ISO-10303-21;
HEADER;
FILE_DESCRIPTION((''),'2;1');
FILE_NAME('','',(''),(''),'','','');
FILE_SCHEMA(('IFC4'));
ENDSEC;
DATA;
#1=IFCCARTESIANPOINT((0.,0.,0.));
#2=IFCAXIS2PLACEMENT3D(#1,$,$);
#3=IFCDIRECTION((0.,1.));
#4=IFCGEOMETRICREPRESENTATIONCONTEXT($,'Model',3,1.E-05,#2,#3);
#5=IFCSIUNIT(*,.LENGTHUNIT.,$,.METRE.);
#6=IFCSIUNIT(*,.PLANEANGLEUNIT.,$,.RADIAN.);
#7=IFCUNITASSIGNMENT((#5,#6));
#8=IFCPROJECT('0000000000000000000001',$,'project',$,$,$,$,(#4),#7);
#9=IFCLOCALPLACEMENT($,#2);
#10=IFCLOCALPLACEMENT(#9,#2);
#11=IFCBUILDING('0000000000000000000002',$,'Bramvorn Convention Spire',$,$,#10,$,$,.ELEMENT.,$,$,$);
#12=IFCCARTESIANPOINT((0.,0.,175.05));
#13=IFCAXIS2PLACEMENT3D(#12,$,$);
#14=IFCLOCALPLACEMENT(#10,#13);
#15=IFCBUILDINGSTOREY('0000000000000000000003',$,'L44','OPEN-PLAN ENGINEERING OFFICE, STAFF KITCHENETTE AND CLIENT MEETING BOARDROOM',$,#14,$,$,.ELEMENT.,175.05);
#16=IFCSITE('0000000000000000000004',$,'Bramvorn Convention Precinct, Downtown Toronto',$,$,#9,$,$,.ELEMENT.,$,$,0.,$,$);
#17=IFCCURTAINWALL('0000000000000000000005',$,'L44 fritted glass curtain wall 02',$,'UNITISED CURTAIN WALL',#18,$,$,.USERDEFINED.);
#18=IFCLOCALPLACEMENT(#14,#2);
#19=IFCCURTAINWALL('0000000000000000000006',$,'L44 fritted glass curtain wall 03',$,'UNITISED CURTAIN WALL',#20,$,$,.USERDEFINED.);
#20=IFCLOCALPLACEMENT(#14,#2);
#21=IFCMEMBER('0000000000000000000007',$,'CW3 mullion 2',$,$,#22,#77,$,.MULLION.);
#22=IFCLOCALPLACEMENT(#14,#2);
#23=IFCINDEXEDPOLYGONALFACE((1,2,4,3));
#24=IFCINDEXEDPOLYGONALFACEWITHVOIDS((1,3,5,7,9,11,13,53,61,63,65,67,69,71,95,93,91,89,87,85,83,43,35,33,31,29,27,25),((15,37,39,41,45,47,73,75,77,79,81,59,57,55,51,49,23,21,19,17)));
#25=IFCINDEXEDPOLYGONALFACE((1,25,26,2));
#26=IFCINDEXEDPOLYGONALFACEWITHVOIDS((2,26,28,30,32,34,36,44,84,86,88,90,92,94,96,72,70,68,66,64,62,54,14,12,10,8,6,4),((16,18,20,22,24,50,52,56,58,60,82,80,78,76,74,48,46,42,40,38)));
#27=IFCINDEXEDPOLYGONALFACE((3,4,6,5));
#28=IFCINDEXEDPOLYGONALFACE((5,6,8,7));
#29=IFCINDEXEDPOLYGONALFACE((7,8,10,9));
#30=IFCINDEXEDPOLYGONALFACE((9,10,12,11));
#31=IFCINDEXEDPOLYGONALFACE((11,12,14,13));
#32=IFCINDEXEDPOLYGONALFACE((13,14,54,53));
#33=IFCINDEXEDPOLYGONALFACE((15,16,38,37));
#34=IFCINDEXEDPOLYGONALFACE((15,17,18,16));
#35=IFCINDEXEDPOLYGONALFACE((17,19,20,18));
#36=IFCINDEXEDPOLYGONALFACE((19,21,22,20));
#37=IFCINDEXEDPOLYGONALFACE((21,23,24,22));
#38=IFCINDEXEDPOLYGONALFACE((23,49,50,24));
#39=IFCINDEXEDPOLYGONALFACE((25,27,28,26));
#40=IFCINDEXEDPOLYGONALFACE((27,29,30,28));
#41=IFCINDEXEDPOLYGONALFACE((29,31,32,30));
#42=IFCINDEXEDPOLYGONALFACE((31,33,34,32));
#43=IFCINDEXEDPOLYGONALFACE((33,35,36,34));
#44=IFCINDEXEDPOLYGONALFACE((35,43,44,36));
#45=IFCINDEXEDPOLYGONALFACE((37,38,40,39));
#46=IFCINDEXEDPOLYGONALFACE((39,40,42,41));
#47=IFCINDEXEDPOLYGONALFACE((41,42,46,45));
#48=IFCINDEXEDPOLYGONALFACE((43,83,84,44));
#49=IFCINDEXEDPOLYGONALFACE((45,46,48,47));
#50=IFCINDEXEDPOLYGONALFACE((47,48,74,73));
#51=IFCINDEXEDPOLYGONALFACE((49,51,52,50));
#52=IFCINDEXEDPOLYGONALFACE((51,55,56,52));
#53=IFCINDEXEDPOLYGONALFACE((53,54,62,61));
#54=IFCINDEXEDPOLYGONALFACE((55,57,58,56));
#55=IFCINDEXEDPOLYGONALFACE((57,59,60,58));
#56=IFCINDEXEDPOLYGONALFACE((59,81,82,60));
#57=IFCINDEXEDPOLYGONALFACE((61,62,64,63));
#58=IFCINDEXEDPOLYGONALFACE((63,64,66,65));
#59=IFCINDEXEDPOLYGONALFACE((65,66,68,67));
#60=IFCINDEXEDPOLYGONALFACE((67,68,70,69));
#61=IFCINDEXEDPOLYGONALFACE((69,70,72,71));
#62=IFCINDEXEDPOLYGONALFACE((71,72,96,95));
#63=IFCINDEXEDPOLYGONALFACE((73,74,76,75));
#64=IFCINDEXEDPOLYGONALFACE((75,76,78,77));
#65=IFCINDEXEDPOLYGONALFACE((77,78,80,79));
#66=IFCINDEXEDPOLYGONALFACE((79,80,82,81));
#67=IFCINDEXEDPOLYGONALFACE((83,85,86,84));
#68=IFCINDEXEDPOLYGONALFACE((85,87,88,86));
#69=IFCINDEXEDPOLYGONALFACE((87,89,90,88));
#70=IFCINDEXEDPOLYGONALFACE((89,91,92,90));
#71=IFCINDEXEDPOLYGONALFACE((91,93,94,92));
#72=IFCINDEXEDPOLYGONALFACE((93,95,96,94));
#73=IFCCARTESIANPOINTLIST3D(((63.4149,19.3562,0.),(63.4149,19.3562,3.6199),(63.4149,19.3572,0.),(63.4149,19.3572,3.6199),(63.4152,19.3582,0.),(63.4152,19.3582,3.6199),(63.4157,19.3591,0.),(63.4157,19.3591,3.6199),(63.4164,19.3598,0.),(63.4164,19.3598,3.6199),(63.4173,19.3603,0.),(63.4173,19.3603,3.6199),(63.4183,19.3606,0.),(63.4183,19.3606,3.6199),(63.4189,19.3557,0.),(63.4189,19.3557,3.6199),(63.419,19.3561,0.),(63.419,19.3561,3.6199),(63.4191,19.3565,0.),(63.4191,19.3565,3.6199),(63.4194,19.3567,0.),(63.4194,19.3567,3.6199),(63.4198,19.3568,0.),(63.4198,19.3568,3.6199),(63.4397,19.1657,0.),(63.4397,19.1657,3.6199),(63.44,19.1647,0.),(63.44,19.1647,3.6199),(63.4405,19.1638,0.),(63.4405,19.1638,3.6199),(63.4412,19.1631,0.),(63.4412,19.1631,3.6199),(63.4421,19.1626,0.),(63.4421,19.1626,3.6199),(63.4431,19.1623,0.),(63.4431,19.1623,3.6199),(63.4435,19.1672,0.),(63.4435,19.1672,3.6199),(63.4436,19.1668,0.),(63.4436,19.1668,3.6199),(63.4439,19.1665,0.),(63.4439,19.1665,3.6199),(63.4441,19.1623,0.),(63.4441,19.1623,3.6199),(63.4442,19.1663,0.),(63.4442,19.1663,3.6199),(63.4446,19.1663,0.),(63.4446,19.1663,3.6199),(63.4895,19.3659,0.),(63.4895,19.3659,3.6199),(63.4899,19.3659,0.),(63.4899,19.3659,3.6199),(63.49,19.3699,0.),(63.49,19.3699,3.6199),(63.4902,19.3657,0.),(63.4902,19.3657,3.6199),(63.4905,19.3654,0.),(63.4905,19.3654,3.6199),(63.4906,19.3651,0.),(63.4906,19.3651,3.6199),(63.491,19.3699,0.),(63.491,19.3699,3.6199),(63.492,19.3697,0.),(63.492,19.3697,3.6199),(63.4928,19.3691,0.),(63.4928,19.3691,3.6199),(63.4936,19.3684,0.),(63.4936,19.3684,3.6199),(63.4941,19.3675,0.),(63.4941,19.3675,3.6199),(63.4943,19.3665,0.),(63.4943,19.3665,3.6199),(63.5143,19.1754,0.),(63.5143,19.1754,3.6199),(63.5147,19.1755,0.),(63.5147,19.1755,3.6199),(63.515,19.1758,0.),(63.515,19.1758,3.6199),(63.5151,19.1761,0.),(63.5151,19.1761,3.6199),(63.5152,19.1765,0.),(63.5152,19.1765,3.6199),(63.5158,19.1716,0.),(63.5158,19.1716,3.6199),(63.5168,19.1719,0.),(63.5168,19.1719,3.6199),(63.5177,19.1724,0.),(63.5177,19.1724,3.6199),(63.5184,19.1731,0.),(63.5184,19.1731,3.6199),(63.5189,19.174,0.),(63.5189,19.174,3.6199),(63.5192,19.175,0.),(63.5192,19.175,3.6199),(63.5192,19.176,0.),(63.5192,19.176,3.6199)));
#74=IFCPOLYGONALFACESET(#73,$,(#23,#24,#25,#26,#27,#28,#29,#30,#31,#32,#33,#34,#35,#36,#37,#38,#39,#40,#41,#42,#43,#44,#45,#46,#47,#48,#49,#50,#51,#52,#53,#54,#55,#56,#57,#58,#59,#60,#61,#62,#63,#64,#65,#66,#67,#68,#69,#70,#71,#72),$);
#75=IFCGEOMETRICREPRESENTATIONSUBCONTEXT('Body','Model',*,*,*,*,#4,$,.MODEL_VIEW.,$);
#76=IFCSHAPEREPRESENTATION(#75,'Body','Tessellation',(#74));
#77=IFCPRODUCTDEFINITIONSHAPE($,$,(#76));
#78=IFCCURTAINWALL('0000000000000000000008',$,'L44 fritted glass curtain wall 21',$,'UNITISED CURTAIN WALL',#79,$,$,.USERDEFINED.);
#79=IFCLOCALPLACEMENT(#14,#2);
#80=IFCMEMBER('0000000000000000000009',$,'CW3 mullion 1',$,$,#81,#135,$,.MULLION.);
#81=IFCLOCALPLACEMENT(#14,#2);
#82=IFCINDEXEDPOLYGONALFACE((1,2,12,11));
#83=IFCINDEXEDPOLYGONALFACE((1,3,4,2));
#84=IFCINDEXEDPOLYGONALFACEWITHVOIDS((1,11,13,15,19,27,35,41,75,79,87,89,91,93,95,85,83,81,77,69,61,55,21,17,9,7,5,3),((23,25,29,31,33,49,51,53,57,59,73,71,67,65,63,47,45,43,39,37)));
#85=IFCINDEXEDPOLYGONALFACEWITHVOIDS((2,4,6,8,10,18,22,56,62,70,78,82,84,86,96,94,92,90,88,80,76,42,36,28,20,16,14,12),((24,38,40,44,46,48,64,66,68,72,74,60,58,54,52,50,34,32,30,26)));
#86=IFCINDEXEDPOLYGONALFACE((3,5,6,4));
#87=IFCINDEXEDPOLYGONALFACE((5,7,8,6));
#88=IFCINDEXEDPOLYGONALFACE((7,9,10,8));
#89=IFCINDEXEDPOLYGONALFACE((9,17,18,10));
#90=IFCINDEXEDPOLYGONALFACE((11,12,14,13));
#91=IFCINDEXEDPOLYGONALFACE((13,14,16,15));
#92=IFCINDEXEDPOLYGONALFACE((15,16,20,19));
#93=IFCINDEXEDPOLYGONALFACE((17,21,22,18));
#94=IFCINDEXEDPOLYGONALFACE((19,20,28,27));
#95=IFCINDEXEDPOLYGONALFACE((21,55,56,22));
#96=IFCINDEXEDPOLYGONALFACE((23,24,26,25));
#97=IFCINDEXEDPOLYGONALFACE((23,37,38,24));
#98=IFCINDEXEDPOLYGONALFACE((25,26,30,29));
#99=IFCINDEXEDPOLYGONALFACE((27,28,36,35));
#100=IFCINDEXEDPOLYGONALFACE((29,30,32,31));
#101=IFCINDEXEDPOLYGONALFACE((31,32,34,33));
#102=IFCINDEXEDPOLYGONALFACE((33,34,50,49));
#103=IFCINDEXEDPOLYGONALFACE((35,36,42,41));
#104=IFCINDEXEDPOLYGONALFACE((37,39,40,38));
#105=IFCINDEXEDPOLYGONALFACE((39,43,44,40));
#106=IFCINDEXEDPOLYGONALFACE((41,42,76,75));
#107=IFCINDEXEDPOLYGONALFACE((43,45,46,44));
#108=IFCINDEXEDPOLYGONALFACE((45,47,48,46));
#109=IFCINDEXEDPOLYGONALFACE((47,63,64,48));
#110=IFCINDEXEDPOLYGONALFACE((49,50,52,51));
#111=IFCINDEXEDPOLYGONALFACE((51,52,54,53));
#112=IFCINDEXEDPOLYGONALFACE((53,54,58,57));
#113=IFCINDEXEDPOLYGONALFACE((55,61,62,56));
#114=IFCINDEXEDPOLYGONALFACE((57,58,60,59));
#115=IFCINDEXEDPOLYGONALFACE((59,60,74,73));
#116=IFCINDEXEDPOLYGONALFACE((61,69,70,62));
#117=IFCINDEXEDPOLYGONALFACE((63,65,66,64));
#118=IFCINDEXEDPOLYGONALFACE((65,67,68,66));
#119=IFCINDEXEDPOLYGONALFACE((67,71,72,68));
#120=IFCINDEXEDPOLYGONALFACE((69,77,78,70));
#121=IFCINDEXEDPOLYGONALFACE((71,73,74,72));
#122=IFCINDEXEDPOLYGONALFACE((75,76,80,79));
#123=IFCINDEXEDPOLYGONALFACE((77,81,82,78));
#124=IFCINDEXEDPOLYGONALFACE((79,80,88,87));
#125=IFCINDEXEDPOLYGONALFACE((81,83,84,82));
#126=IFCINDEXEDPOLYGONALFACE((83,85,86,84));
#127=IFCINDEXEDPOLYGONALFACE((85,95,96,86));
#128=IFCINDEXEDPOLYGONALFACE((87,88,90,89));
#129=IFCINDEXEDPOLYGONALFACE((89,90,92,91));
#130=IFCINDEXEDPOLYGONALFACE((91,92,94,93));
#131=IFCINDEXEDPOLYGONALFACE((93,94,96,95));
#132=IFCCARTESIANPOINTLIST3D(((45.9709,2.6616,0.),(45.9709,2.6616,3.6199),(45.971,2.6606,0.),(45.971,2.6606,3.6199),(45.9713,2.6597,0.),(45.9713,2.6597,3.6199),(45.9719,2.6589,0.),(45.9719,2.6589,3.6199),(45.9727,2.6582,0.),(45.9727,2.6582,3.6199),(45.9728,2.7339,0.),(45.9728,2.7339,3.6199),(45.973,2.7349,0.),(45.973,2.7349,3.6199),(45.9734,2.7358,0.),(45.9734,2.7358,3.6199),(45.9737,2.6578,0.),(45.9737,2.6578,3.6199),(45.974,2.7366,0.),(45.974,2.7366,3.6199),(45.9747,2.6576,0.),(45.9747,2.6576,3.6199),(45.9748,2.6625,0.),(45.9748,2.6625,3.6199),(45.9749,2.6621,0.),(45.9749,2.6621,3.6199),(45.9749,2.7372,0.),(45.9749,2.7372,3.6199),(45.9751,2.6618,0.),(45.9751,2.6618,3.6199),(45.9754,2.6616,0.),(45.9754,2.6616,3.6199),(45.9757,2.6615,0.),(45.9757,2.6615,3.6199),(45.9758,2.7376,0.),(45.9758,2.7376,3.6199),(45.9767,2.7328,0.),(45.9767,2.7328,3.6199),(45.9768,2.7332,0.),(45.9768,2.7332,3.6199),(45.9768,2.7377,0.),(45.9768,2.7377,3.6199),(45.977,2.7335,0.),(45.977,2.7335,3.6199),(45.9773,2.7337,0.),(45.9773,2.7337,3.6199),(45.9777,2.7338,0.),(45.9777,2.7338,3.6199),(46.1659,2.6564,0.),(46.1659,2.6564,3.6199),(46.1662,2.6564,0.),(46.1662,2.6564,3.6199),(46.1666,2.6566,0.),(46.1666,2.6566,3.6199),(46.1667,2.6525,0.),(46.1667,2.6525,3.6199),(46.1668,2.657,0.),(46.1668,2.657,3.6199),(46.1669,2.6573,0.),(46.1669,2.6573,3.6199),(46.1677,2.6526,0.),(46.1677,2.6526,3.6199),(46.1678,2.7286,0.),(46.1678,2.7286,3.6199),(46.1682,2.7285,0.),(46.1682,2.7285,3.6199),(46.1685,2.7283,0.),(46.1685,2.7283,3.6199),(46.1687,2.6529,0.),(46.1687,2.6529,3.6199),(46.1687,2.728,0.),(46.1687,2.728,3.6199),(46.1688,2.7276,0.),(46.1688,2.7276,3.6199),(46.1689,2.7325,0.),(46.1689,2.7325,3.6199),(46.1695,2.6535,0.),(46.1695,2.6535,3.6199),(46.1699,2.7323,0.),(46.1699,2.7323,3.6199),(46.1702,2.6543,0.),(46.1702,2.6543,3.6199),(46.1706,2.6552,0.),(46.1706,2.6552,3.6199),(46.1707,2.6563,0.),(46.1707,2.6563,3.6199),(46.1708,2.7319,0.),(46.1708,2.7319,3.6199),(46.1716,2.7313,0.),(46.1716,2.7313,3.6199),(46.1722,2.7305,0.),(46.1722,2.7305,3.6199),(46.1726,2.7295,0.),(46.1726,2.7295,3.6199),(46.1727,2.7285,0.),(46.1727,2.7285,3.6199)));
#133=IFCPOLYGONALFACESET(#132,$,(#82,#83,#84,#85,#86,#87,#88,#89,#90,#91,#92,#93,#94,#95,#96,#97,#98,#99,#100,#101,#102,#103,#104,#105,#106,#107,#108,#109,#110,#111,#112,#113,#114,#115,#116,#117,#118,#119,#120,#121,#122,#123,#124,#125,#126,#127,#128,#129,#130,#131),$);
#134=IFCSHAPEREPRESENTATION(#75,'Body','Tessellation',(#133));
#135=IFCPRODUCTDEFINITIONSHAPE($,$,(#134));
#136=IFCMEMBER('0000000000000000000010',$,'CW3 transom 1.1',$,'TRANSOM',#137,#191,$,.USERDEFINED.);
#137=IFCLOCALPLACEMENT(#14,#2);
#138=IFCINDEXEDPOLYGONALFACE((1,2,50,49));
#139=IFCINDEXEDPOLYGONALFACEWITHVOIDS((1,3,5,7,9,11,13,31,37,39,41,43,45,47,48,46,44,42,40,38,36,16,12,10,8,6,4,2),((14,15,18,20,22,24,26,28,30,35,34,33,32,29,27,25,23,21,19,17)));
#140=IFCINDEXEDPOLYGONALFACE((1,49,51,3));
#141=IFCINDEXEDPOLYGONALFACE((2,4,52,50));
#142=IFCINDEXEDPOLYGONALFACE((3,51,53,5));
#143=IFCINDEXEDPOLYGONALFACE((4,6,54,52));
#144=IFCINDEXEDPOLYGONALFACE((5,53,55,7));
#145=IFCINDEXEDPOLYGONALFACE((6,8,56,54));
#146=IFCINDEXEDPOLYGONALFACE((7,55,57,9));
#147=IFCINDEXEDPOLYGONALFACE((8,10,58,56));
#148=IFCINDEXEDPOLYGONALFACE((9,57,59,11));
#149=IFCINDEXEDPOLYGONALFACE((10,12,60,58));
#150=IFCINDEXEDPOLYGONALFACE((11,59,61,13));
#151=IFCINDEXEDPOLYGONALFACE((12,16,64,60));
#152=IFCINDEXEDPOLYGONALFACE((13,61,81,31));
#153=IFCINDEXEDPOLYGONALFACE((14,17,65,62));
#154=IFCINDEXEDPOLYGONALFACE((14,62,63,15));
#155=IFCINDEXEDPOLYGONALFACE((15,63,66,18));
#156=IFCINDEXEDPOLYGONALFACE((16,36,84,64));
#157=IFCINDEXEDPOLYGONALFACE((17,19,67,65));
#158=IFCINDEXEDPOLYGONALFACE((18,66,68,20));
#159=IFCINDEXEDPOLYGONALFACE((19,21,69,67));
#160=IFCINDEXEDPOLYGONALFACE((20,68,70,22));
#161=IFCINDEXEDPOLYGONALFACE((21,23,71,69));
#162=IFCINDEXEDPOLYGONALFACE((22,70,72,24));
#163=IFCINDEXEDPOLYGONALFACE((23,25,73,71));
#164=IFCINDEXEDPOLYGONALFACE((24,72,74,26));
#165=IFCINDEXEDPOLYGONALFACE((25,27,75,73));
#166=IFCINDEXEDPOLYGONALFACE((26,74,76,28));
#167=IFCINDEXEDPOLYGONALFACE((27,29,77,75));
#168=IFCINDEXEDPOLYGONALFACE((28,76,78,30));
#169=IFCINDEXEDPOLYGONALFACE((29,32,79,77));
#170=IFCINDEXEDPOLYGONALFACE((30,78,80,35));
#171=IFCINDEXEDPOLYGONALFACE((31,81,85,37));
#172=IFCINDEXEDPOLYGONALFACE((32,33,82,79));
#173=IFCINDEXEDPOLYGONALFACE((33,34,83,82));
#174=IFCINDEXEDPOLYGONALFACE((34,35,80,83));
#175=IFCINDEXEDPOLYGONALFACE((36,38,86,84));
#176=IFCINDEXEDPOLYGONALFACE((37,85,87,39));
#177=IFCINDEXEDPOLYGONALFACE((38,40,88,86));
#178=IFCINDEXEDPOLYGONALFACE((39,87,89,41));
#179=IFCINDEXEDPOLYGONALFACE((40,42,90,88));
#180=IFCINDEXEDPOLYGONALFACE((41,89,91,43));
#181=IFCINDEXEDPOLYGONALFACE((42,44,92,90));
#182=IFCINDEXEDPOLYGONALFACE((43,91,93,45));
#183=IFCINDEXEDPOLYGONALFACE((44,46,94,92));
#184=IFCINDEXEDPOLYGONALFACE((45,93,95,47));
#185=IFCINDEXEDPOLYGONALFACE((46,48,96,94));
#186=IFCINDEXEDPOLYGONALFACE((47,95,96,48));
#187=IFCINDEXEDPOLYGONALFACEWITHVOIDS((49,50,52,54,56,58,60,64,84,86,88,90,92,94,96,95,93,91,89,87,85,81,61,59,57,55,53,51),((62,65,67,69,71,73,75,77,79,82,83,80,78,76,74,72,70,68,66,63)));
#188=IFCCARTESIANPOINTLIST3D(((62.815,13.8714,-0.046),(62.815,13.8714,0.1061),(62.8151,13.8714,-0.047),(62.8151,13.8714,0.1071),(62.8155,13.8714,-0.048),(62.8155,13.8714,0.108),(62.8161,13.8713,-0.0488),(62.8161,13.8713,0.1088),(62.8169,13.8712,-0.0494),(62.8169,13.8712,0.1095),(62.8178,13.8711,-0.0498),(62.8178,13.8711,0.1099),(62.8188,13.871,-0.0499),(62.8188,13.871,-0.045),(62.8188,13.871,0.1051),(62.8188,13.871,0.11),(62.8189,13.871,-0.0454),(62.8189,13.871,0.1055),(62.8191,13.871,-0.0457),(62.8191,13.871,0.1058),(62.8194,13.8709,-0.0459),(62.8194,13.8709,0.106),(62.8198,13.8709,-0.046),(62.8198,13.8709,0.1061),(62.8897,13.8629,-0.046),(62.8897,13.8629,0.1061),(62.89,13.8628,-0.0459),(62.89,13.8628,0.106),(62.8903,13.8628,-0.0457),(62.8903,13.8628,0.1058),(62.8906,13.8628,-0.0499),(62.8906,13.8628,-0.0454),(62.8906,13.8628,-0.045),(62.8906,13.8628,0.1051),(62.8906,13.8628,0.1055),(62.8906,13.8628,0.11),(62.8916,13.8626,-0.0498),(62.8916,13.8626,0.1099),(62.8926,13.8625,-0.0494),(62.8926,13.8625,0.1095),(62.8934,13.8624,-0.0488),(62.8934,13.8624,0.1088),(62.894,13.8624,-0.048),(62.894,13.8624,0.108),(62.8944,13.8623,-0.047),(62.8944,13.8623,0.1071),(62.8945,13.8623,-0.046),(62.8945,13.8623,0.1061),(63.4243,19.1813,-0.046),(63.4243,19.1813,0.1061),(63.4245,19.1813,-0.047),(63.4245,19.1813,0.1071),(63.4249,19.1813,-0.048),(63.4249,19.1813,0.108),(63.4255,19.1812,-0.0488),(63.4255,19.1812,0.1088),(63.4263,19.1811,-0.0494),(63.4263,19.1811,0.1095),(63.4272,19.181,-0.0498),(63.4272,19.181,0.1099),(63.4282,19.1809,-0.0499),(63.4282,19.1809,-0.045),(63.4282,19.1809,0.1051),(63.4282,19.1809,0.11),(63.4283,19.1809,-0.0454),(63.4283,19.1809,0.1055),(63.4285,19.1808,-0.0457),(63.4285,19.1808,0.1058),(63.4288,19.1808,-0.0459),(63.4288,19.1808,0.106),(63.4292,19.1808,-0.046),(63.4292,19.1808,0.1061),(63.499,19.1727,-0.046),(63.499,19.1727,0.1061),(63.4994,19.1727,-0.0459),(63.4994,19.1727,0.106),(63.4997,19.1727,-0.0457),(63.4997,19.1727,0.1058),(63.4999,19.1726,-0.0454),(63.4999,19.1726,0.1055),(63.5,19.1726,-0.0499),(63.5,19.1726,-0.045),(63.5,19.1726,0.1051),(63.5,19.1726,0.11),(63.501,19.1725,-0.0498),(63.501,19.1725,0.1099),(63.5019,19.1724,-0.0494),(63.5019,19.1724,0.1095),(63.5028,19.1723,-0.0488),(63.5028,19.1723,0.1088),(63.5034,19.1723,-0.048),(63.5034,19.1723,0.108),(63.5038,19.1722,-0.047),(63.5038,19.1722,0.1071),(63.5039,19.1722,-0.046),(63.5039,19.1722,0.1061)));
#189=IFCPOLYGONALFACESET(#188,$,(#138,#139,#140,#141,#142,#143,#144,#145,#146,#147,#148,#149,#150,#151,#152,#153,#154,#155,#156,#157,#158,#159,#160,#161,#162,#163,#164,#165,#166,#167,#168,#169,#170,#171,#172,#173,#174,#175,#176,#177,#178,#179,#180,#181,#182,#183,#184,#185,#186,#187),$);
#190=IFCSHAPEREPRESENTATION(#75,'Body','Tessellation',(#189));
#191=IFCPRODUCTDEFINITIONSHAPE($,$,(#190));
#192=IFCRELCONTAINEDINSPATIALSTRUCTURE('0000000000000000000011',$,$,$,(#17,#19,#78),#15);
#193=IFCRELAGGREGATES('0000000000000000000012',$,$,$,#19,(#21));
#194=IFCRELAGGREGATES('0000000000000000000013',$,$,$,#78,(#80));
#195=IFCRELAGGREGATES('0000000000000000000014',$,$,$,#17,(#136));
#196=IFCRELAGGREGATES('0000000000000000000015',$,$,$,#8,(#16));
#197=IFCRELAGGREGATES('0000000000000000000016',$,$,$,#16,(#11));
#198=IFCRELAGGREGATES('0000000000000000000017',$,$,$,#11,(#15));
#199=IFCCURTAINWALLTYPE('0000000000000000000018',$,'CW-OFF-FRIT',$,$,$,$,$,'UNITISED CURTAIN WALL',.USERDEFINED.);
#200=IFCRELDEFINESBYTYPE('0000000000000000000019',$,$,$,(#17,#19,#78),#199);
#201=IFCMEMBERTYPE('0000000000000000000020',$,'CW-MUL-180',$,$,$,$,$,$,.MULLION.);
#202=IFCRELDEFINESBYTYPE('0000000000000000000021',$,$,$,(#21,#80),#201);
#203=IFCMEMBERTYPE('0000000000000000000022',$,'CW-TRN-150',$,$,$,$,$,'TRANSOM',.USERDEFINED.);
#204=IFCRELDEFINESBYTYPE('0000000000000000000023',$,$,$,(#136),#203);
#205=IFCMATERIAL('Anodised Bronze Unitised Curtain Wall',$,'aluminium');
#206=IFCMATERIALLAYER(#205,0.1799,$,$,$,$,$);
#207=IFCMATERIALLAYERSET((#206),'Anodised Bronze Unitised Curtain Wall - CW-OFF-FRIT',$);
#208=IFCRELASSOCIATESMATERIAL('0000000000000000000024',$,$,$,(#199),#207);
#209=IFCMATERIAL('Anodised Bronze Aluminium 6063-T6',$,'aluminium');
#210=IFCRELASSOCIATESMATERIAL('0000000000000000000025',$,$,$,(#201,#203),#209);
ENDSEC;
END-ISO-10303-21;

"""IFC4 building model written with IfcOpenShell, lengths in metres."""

from ifc_helpers import new_model, si_unit, direction, frame, origin, origin_2d, place, context, subcontext, project, spatial, hollow_rectangle, extrude, material, layer, layer_set, material_profile, profile_set, type_object, element, aggregate, save


model = new_model("IFC4")

# Units and contexts
model_context = context("Model", 3, precision=1e-05, world=origin(), true_north=direction((0.0, 1.0)))
body_context = subcontext(model_context, "Body", "Model", "MODEL_VIEW")
ifc_project = project(units=[si_unit("LENGTHUNIT", "METRE"), si_unit("PLANEANGLEUNIT", "RADIAN")], contexts=[model_context])

# Site, building, storey
site_placement = place(None, origin())
site = spatial("IfcSite", under=ifc_project, at=site_placement, Name="Bramvorn Convention Precinct, Downtown Toronto", CompositionType="ELEMENT", RefElevation=0.0)
building_placement = place(site_placement, origin())
building = spatial("IfcBuilding", under=site, at=building_placement, Name="Bramvorn Convention Spire", CompositionType="ELEMENT")
storey_placement = place(building_placement, frame((0.0, 0.0, 175.05)))
storey = spatial("IfcBuildingStorey", under=building, at=storey_placement, Name="L44", Description="OPEN-PLAN ENGINEERING OFFICE, STAFF KITCHENETTE AND CLIENT MEETING BOARDROOM", CompositionType="ELEMENT", Elevation=175.05)

# Curtain wall
ifc_material_1 = material(Name="Anodised Bronze Unitised Curtain Wall", Category="aluminium")
ifc_layer_1 = layer(ifc_material_1, 0.1799)
ifc_layer_set_1 = layer_set([ifc_layer_1], Name="Anodised Bronze Unitised Curtain Wall - CW-OFF-FRIT")
curtain_wall_type = type_object("IfcCurtainWallType", Name="CW-OFF-FRIT", ElementType="UNITISED CURTAIN WALL", PredefinedType="USERDEFINED", material=ifc_layer_set_1)
curtain_wall_1_placement = place(storey_placement, origin())
curtain_wall_1 = element("IfcCurtainWall", 1, at=curtain_wall_1_placement, inside=storey, type_object=curtain_wall_type, Name="L44 fritted glass curtain wall 02", ObjectType="UNITISED CURTAIN WALL", PredefinedType="USERDEFINED")
ifc_material_2 = material(Name="Anodised Bronze Aluminium 6063-T6", Category="aluminium")
ifc_material_profile_1 = material_profile(ifc_material_2, hollow_rectangle(XDim=0.0801, YDim=0.2, WallThickness=0.0039, InnerFilletRadius=0.001, OuterFilletRadius=0.0039, at=origin_2d()))
ifc_profile_set_1 = profile_set([ifc_material_profile_1], Name="Anodised Bronze Aluminium 6063-T6 - CWM80X200")
member_type_1 = type_object("IfcMemberType", Name="CW-MUL-180", PredefinedType="MULLION", material=ifc_profile_set_1)

# Curtain walls, members
curtain_wall_2_placement = place(storey_placement, origin())
curtain_wall_2 = element("IfcCurtainWall", 2, at=curtain_wall_2_placement, inside=storey, type_object=curtain_wall_type, Name="L44 fritted glass curtain wall 03", ObjectType="UNITISED CURTAIN WALL", PredefinedType="USERDEFINED")
member_1_placement = place(storey_placement, frame((63.467, 19.2661, 0.0), z_axis=(0.0, 0.0, 1.0), x_axis=(0.991624, 0.129159, 0.0)))
member_1 = element("IfcMember", 3, at=member_1_placement, type_object=member_type_1, Name="CW3 mullion 2", PredefinedType="MULLION", context=body_context, shape_type="SweptSolid", body=[
    extrude(hollow_rectangle(XDim=0.0801, YDim=0.2, WallThickness=0.0039, InnerFilletRadius=0.001, OuterFilletRadius=0.0039, at=origin_2d()), origin(), (0.0, 0.0, 1.0), 3.6199),
])
aggregate(curtain_wall_2, [member_1])
curtain_wall_3_placement = place(storey_placement, origin())
curtain_wall_3 = element("IfcCurtainWall", 4, at=curtain_wall_3_placement, inside=storey, type_object=curtain_wall_type, Name="L44 fritted glass curtain wall 21", ObjectType="UNITISED CURTAIN WALL", PredefinedType="USERDEFINED")
member_2_placement = place(storey_placement, frame((46.0718, 2.6951, 0.0), z_axis=(0.0, 0.0, 1.0), x_axis=(-0.026988, -0.999636, 0.0)))
member_2 = element("IfcMember", 5, at=member_2_placement, type_object=member_type_1, Name="CW3 mullion 1", PredefinedType="MULLION", context=body_context, shape_type="SweptSolid", body=[
    extrude(hollow_rectangle(XDim=0.0801, YDim=0.2, WallThickness=0.0039, InnerFilletRadius=0.001, OuterFilletRadius=0.0039, at=origin_2d()), origin(), (0.0, 0.0, 1.0), 3.6199),
])

# Member
ifc_material_profile_2 = material_profile(ifc_material_2, hollow_rectangle(XDim=0.0801, YDim=0.1599, WallThickness=0.0039, InnerFilletRadius=0.001, OuterFilletRadius=0.0039, at=origin_2d()))
ifc_profile_set_2 = profile_set([ifc_material_profile_2], Name="Anodised Bronze Aluminium 6063-T6 - CWT80X160")
member_type_2 = type_object("IfcMemberType", Name="CW-TRN-150", ElementType="TRANSOM", PredefinedType="USERDEFINED", material=ifc_profile_set_2)
member_3_placement = place(storey_placement, frame((63.4641, 19.1768, 0.03), z_axis=(-0.114016, -0.993479, 0.0), x_axis=(0.993479, -0.114016, 0.0)))
member_3 = element("IfcMember", 6, at=member_3_placement, type_object=member_type_2, Name="CW3 transom 1.1", ObjectType="TRANSOM", PredefinedType="USERDEFINED", context=body_context, shape_type="SweptSolid", body=[
    extrude(hollow_rectangle(XDim=0.0801, YDim=0.1599, WallThickness=0.0039, InnerFilletRadius=0.001, OuterFilletRadius=0.0039, at=origin_2d()), origin(), (0.0, 0.0, 1.0), 5.3447),
])
aggregate(curtain_wall_3, [member_2])

aggregate(curtain_wall_1, [member_3])

save(model, "model.ifc")
